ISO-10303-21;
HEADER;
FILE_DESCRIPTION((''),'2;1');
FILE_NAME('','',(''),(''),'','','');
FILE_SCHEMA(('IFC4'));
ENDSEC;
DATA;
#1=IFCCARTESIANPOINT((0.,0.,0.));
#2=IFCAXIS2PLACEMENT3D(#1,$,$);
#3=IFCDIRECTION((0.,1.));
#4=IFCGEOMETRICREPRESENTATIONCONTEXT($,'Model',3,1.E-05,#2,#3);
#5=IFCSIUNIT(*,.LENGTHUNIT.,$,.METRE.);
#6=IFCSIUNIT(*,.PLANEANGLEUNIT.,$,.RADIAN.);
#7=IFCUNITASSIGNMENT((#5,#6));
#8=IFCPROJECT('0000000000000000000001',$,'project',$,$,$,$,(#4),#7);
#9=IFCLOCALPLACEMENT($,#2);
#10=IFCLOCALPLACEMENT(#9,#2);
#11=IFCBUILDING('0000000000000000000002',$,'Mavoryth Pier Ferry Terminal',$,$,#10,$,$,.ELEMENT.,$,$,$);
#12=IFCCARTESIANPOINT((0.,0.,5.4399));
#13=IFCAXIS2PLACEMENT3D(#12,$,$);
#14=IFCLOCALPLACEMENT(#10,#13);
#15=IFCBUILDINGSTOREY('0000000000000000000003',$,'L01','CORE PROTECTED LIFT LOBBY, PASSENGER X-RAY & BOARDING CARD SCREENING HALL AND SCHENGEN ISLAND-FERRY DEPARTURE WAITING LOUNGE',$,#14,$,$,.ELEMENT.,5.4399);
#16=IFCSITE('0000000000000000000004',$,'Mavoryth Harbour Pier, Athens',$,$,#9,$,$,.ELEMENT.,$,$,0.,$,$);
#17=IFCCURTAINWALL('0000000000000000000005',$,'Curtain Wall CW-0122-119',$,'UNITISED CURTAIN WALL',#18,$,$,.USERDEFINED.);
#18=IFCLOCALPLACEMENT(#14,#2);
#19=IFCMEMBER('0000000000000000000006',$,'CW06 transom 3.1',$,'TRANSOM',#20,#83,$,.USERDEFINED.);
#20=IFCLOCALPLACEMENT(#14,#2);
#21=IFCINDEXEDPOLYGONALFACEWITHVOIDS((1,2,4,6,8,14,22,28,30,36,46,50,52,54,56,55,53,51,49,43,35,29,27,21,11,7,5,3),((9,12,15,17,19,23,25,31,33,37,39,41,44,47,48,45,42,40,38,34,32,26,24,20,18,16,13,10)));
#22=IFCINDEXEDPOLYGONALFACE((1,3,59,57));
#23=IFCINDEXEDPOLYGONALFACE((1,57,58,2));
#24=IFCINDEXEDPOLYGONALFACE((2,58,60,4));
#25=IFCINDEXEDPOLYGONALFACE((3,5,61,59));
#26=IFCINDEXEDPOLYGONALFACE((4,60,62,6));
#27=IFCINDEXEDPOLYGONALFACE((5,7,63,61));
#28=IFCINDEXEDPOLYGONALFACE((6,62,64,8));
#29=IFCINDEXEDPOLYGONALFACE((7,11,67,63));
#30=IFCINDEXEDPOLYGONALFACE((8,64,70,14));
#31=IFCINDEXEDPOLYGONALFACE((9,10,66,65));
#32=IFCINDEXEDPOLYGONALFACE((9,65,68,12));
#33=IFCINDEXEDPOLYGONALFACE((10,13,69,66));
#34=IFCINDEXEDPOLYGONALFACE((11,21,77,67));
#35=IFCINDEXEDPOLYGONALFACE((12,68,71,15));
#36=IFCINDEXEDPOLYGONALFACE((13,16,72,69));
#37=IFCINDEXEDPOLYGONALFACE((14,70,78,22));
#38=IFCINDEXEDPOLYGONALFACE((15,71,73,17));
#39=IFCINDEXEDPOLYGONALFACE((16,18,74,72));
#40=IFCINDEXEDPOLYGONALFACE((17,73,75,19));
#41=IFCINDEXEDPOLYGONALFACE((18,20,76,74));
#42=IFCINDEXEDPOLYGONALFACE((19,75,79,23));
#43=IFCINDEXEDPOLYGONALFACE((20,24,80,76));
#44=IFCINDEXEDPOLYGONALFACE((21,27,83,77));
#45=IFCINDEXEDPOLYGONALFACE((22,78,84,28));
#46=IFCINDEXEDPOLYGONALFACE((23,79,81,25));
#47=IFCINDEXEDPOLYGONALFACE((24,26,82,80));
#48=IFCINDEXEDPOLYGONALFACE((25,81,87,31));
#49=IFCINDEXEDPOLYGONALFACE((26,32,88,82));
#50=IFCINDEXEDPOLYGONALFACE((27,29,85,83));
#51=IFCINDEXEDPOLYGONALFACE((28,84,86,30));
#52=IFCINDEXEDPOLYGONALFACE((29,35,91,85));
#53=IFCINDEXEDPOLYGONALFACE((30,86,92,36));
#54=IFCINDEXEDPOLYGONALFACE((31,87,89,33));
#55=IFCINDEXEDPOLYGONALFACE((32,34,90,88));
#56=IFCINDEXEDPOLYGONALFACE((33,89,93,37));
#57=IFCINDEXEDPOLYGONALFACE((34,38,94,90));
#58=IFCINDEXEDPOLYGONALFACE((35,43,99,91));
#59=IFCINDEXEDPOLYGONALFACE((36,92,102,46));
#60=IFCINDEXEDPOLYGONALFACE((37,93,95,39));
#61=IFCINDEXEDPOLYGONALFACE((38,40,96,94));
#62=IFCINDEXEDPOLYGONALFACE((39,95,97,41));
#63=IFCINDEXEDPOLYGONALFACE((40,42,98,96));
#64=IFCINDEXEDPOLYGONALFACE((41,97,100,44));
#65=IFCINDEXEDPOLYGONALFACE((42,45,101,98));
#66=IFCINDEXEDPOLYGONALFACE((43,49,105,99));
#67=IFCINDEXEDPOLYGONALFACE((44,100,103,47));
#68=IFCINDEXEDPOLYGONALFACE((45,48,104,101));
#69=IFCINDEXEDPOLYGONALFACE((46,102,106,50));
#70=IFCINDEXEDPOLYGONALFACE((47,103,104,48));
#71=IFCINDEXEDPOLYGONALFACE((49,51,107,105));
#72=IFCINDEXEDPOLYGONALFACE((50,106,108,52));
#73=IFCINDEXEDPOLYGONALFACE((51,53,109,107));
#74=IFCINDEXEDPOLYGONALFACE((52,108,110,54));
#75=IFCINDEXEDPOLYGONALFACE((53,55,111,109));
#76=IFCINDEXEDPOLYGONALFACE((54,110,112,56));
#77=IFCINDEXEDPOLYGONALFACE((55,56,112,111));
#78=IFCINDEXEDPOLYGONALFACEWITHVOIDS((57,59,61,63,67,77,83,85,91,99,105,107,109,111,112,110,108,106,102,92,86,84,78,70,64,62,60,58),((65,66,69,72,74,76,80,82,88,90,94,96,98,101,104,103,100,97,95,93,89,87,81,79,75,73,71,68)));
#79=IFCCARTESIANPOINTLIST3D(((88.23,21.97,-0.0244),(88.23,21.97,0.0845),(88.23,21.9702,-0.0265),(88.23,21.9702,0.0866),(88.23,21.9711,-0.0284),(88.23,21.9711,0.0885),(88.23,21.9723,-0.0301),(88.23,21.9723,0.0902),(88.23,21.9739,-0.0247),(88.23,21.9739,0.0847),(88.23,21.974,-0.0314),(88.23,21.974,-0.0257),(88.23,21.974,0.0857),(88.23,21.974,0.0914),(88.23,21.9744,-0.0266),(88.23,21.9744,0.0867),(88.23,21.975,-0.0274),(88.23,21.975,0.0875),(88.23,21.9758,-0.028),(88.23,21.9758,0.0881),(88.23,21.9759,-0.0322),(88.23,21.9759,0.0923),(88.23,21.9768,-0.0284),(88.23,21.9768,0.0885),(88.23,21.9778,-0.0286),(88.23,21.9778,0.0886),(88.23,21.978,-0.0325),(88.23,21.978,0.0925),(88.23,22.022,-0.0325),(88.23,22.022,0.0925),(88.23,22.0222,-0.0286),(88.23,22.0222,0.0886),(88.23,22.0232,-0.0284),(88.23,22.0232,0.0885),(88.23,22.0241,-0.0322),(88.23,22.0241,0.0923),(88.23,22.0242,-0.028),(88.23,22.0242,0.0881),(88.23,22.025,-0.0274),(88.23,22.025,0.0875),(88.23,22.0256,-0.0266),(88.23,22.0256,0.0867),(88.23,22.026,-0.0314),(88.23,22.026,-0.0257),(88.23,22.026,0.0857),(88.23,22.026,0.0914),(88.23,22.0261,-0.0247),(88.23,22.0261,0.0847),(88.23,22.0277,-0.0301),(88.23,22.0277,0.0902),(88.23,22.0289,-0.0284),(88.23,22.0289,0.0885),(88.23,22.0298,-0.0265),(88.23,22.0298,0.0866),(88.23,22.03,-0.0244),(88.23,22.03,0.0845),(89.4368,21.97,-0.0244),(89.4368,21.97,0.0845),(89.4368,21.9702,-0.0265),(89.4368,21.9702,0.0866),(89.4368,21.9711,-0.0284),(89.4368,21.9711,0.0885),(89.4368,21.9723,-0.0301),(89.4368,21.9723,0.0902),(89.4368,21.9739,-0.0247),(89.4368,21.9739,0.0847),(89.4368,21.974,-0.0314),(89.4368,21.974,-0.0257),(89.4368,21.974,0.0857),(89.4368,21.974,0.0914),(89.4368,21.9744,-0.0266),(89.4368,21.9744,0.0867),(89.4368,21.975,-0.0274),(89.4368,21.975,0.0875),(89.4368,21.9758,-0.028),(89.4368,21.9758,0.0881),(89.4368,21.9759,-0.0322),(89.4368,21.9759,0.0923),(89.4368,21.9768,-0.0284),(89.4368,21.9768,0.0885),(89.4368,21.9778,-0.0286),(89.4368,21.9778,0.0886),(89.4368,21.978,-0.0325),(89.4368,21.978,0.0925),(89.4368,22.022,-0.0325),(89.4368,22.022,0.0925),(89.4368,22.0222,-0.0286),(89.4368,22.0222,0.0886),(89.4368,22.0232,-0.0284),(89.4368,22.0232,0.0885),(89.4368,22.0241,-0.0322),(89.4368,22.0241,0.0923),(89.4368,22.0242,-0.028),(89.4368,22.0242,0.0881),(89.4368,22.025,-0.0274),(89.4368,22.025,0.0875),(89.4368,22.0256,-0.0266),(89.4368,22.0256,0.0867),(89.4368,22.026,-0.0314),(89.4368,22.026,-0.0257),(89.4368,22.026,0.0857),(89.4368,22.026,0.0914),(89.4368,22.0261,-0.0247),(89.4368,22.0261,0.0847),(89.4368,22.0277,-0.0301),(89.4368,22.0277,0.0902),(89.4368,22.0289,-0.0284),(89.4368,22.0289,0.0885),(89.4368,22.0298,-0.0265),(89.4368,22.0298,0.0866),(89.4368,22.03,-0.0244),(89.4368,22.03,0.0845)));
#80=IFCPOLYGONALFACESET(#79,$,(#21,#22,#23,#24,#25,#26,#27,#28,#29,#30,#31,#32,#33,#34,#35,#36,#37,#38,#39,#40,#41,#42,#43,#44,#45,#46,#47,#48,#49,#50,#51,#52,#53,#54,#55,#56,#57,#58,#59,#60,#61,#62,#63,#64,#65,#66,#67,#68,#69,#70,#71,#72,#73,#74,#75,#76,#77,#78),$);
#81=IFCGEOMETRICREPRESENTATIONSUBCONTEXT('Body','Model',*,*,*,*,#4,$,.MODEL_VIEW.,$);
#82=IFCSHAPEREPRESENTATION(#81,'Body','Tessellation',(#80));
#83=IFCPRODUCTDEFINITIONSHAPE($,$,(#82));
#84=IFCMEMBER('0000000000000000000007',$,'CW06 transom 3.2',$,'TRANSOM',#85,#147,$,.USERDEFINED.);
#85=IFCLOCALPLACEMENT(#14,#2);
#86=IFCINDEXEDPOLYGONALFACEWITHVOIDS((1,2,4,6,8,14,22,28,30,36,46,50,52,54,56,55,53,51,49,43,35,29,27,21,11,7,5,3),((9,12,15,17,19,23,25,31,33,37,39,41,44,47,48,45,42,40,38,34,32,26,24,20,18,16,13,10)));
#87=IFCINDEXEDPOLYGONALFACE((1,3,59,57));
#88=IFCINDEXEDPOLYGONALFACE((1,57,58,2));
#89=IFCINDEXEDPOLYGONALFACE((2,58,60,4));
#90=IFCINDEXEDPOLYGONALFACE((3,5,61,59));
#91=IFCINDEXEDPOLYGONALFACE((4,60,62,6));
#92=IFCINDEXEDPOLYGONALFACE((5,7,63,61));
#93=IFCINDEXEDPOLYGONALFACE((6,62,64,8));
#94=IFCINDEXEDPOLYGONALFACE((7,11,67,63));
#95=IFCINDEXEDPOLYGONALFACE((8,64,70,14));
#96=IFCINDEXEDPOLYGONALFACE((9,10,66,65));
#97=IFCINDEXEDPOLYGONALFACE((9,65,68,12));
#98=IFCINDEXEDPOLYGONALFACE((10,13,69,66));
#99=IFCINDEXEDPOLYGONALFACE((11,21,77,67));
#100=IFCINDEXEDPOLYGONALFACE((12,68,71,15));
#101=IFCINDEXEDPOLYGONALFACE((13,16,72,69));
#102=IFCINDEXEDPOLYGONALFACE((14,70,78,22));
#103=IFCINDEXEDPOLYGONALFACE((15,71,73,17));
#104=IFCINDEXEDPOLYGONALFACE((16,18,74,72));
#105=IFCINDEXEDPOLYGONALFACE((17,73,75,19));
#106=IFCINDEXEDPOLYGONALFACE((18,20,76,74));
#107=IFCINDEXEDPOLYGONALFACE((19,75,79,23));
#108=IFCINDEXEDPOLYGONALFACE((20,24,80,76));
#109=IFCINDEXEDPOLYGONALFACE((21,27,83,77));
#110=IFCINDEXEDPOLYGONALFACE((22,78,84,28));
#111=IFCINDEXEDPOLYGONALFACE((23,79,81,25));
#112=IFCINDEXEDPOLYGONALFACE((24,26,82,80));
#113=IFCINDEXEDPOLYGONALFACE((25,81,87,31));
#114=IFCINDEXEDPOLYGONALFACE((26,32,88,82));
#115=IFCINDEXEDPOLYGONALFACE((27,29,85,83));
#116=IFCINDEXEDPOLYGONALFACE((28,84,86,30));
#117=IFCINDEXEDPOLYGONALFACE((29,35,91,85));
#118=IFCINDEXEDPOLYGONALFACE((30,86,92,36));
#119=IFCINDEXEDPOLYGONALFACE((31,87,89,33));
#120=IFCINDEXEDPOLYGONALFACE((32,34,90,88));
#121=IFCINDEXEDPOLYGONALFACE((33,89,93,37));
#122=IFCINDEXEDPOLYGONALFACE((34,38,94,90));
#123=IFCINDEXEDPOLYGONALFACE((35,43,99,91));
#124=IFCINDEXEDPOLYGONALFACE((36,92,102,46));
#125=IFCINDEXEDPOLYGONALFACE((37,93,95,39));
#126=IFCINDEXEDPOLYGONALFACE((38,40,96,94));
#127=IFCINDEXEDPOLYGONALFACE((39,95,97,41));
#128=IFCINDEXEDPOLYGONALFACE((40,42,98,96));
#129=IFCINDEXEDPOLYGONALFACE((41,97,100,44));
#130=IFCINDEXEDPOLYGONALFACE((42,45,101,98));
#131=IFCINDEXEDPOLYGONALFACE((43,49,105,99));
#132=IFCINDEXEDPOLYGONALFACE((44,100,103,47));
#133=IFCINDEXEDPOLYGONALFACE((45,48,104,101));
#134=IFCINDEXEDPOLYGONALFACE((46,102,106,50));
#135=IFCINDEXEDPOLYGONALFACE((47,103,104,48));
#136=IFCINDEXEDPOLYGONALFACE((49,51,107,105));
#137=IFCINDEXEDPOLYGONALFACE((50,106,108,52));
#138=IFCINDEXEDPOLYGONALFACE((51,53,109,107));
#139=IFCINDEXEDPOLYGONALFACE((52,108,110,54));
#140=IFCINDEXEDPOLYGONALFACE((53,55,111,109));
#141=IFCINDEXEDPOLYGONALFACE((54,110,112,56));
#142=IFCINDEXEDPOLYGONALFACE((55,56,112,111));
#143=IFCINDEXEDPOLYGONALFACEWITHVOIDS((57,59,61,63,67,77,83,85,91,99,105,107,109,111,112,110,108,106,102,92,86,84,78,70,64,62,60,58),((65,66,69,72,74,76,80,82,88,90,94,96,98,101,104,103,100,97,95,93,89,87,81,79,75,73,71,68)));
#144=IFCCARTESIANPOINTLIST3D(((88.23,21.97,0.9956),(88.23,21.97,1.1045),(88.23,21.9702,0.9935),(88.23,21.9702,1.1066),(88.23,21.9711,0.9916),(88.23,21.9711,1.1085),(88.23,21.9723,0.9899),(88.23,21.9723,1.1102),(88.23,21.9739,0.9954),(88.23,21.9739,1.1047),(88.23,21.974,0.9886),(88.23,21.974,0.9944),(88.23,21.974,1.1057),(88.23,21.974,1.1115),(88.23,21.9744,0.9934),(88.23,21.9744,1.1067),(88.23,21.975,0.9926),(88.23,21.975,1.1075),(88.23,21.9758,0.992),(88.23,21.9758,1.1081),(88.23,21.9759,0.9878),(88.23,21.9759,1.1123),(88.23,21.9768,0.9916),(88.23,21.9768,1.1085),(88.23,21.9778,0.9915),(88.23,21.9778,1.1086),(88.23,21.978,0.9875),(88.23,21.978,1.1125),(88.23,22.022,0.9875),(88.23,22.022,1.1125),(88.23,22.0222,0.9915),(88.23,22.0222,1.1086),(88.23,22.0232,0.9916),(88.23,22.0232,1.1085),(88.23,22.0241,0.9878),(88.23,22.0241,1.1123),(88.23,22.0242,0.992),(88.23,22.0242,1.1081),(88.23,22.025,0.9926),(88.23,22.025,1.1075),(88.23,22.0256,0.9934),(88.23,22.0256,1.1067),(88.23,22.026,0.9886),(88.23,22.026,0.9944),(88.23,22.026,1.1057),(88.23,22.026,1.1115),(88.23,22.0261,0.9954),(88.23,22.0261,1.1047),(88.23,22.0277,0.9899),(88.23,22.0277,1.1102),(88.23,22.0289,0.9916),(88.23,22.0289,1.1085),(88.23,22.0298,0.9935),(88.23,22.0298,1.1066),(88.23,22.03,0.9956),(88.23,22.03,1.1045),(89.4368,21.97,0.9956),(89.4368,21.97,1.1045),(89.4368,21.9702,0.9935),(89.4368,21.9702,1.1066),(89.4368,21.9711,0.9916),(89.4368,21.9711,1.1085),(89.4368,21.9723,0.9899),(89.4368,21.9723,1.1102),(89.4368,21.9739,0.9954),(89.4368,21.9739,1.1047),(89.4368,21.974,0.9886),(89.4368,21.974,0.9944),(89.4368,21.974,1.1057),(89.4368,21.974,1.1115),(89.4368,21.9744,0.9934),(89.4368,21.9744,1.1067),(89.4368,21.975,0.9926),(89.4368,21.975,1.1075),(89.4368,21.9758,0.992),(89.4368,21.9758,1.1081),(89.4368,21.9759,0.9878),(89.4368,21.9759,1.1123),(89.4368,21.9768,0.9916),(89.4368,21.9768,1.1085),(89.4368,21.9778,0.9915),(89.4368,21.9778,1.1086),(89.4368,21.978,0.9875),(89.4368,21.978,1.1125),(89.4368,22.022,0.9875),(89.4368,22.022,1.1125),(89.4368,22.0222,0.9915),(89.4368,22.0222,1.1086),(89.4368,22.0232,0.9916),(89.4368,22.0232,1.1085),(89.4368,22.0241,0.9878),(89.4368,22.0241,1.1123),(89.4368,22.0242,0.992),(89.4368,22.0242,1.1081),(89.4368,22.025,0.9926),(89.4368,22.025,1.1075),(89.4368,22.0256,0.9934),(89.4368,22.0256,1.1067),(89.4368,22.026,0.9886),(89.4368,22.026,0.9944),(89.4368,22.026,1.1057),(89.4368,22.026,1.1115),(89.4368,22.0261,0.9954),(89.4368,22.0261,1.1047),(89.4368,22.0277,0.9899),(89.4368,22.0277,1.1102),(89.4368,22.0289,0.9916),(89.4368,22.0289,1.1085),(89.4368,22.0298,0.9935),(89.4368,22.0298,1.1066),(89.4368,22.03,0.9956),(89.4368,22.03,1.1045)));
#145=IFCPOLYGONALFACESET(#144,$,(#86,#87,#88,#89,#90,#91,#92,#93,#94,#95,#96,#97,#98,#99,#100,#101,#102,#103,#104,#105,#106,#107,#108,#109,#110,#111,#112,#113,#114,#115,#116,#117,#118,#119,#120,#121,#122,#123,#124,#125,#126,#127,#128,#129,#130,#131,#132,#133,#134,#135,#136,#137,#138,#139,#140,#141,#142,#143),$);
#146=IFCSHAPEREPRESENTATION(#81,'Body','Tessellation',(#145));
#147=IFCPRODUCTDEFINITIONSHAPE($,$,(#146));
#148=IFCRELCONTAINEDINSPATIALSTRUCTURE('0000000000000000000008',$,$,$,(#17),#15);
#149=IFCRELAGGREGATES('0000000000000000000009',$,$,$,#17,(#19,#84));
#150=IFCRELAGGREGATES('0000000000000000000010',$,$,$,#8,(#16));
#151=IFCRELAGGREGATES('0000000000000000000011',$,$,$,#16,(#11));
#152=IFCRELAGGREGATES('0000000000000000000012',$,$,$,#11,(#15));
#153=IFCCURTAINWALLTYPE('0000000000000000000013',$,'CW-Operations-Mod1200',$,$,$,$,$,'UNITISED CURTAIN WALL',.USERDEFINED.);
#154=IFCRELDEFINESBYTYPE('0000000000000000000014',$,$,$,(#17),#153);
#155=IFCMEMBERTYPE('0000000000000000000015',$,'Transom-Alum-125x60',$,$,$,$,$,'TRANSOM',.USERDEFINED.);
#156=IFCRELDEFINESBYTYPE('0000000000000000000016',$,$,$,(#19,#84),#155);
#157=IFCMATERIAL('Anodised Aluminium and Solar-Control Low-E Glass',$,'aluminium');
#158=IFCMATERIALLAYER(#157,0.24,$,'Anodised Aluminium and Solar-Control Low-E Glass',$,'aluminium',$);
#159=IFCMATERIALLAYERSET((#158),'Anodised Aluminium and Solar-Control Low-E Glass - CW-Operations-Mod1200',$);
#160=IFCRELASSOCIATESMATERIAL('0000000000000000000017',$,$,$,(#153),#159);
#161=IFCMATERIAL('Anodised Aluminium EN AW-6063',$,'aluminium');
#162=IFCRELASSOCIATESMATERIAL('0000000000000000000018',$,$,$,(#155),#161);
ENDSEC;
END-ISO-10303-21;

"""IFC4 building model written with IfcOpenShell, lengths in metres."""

from ifc_helpers import new_model, si_unit, direction, frame, origin, origin_2d, place, context, subcontext, project, spatial, hollow_rectangle, extrude, material, layer, layer_set, material_profile, profile_set, type_object, element, aggregate, save


model = new_model("IFC4")

# Units and contexts
model_context = context("Model", 3, precision=1e-05, world=origin(), true_north=direction((0.0, 1.0)))
body_context = subcontext(model_context, "Body", "Model", "MODEL_VIEW")
ifc_project = project(units=[si_unit("LENGTHUNIT", "METRE"), si_unit("PLANEANGLEUNIT", "RADIAN")], contexts=[model_context])

# Site, building, storey
site_placement = place(None, origin())
site = spatial("IfcSite", under=ifc_project, at=site_placement, Name="Mavoryth Harbour Pier, Athens", CompositionType="ELEMENT", RefElevation=0.0)
building_placement = place(site_placement, origin())
building = spatial("IfcBuilding", under=site, at=building_placement, Name="Mavoryth Pier Ferry Terminal", CompositionType="ELEMENT")
storey_placement = place(building_placement, frame((0.0, 0.0, 5.4399)))
storey = spatial("IfcBuildingStorey", under=building, at=storey_placement, Name="L01", Description="CORE PROTECTED LIFT LOBBY, PASSENGER X-RAY & BOARDING CARD SCREENING HALL AND SCHENGEN ISLAND-FERRY DEPARTURE WAITING LOUNGE", CompositionType="ELEMENT", Elevation=5.4399)

# Shared definitions
ifc_material_1 = material(Name="Anodised Aluminium and Solar-Control Low-E Glass", Category="aluminium")
ifc_layer_1 = layer(ifc_material_1, 0.24, Name="Anodised Aluminium and Solar-Control Low-E Glass", Category="aluminium")
ifc_layer_set_1 = layer_set([ifc_layer_1], Name="Anodised Aluminium and Solar-Control Low-E Glass - CW-Operations-Mod1200")
curtain_wall_type = type_object("IfcCurtainWallType", Name="CW-Operations-Mod1200", ElementType="UNITISED CURTAIN WALL", PredefinedType="USERDEFINED", material=ifc_layer_set_1)
ifc_material_2 = material(Name="Anodised Aluminium EN AW-6063", Category="aluminium")

# Curtain wall
curtain_wall_1_placement = place(storey_placement, origin())
curtain_wall_1 = element("IfcCurtainWall", 1, at=curtain_wall_1_placement, inside=storey, type_object=curtain_wall_type, Name="Curtain Wall CW-0122-119", ObjectType="UNITISED CURTAIN WALL", PredefinedType="USERDEFINED")

# Members
ifc_material_profile_1 = material_profile(ifc_material_2, hollow_rectangle(XDim=0.0601, YDim=0.125, WallThickness=0.0039, InnerFilletRadius=0.0039, OuterFilletRadius=0.0081, at=origin_2d()), Name="AL-TRAN 125x60x4", Category="aluminium")
ifc_profile_set_1 = profile_set([ifc_material_profile_1], Name="Anodised Aluminium EN AW-6063 - AL-TRAN 125x60x4")
member_type_1 = type_object("IfcMemberType", Name="Transom-Alum-125x60", ElementType="TRANSOM", PredefinedType="USERDEFINED", material=ifc_profile_set_1)
member_1_placement = place(storey_placement, frame((89.4368, 22.0, 0.03), z_axis=(-1.0, 0.0, 0.0), x_axis=(0.0, -1.0, 0.0)))
member_1 = element("IfcMember", 2, at=member_1_placement, type_object=member_type_1, Name="CW06 transom 3.1", ObjectType="TRANSOM", PredefinedType="USERDEFINED", context=body_context, shape_type="SweptSolid", body=[
    extrude(hollow_rectangle(XDim=0.0601, YDim=0.125, WallThickness=0.0039, InnerFilletRadius=0.0039, OuterFilletRadius=0.0081, at=origin_2d()), origin(), (0.0, 0.0, 1.0), 1.2068),
])
member_2_placement = place(storey_placement, frame((89.4368, 22.0, 1.05), z_axis=(-1.0, 0.0, 0.0), x_axis=(0.0, -1.0, 0.0)))
member_2 = element("IfcMember", 3, at=member_2_placement, type_object=member_type_1, Name="CW06 transom 3.2", ObjectType="TRANSOM", PredefinedType="USERDEFINED", context=body_context, shape_type="SweptSolid", body=[
    extrude(hollow_rectangle(XDim=0.0601, YDim=0.125, WallThickness=0.0039, InnerFilletRadius=0.0039, OuterFilletRadius=0.0081, at=origin_2d()), origin(), (0.0, 0.0, 1.0), 1.2068),
])

aggregate(curtain_wall_1, [member_1, member_2])

save(model, "model.ifc")
